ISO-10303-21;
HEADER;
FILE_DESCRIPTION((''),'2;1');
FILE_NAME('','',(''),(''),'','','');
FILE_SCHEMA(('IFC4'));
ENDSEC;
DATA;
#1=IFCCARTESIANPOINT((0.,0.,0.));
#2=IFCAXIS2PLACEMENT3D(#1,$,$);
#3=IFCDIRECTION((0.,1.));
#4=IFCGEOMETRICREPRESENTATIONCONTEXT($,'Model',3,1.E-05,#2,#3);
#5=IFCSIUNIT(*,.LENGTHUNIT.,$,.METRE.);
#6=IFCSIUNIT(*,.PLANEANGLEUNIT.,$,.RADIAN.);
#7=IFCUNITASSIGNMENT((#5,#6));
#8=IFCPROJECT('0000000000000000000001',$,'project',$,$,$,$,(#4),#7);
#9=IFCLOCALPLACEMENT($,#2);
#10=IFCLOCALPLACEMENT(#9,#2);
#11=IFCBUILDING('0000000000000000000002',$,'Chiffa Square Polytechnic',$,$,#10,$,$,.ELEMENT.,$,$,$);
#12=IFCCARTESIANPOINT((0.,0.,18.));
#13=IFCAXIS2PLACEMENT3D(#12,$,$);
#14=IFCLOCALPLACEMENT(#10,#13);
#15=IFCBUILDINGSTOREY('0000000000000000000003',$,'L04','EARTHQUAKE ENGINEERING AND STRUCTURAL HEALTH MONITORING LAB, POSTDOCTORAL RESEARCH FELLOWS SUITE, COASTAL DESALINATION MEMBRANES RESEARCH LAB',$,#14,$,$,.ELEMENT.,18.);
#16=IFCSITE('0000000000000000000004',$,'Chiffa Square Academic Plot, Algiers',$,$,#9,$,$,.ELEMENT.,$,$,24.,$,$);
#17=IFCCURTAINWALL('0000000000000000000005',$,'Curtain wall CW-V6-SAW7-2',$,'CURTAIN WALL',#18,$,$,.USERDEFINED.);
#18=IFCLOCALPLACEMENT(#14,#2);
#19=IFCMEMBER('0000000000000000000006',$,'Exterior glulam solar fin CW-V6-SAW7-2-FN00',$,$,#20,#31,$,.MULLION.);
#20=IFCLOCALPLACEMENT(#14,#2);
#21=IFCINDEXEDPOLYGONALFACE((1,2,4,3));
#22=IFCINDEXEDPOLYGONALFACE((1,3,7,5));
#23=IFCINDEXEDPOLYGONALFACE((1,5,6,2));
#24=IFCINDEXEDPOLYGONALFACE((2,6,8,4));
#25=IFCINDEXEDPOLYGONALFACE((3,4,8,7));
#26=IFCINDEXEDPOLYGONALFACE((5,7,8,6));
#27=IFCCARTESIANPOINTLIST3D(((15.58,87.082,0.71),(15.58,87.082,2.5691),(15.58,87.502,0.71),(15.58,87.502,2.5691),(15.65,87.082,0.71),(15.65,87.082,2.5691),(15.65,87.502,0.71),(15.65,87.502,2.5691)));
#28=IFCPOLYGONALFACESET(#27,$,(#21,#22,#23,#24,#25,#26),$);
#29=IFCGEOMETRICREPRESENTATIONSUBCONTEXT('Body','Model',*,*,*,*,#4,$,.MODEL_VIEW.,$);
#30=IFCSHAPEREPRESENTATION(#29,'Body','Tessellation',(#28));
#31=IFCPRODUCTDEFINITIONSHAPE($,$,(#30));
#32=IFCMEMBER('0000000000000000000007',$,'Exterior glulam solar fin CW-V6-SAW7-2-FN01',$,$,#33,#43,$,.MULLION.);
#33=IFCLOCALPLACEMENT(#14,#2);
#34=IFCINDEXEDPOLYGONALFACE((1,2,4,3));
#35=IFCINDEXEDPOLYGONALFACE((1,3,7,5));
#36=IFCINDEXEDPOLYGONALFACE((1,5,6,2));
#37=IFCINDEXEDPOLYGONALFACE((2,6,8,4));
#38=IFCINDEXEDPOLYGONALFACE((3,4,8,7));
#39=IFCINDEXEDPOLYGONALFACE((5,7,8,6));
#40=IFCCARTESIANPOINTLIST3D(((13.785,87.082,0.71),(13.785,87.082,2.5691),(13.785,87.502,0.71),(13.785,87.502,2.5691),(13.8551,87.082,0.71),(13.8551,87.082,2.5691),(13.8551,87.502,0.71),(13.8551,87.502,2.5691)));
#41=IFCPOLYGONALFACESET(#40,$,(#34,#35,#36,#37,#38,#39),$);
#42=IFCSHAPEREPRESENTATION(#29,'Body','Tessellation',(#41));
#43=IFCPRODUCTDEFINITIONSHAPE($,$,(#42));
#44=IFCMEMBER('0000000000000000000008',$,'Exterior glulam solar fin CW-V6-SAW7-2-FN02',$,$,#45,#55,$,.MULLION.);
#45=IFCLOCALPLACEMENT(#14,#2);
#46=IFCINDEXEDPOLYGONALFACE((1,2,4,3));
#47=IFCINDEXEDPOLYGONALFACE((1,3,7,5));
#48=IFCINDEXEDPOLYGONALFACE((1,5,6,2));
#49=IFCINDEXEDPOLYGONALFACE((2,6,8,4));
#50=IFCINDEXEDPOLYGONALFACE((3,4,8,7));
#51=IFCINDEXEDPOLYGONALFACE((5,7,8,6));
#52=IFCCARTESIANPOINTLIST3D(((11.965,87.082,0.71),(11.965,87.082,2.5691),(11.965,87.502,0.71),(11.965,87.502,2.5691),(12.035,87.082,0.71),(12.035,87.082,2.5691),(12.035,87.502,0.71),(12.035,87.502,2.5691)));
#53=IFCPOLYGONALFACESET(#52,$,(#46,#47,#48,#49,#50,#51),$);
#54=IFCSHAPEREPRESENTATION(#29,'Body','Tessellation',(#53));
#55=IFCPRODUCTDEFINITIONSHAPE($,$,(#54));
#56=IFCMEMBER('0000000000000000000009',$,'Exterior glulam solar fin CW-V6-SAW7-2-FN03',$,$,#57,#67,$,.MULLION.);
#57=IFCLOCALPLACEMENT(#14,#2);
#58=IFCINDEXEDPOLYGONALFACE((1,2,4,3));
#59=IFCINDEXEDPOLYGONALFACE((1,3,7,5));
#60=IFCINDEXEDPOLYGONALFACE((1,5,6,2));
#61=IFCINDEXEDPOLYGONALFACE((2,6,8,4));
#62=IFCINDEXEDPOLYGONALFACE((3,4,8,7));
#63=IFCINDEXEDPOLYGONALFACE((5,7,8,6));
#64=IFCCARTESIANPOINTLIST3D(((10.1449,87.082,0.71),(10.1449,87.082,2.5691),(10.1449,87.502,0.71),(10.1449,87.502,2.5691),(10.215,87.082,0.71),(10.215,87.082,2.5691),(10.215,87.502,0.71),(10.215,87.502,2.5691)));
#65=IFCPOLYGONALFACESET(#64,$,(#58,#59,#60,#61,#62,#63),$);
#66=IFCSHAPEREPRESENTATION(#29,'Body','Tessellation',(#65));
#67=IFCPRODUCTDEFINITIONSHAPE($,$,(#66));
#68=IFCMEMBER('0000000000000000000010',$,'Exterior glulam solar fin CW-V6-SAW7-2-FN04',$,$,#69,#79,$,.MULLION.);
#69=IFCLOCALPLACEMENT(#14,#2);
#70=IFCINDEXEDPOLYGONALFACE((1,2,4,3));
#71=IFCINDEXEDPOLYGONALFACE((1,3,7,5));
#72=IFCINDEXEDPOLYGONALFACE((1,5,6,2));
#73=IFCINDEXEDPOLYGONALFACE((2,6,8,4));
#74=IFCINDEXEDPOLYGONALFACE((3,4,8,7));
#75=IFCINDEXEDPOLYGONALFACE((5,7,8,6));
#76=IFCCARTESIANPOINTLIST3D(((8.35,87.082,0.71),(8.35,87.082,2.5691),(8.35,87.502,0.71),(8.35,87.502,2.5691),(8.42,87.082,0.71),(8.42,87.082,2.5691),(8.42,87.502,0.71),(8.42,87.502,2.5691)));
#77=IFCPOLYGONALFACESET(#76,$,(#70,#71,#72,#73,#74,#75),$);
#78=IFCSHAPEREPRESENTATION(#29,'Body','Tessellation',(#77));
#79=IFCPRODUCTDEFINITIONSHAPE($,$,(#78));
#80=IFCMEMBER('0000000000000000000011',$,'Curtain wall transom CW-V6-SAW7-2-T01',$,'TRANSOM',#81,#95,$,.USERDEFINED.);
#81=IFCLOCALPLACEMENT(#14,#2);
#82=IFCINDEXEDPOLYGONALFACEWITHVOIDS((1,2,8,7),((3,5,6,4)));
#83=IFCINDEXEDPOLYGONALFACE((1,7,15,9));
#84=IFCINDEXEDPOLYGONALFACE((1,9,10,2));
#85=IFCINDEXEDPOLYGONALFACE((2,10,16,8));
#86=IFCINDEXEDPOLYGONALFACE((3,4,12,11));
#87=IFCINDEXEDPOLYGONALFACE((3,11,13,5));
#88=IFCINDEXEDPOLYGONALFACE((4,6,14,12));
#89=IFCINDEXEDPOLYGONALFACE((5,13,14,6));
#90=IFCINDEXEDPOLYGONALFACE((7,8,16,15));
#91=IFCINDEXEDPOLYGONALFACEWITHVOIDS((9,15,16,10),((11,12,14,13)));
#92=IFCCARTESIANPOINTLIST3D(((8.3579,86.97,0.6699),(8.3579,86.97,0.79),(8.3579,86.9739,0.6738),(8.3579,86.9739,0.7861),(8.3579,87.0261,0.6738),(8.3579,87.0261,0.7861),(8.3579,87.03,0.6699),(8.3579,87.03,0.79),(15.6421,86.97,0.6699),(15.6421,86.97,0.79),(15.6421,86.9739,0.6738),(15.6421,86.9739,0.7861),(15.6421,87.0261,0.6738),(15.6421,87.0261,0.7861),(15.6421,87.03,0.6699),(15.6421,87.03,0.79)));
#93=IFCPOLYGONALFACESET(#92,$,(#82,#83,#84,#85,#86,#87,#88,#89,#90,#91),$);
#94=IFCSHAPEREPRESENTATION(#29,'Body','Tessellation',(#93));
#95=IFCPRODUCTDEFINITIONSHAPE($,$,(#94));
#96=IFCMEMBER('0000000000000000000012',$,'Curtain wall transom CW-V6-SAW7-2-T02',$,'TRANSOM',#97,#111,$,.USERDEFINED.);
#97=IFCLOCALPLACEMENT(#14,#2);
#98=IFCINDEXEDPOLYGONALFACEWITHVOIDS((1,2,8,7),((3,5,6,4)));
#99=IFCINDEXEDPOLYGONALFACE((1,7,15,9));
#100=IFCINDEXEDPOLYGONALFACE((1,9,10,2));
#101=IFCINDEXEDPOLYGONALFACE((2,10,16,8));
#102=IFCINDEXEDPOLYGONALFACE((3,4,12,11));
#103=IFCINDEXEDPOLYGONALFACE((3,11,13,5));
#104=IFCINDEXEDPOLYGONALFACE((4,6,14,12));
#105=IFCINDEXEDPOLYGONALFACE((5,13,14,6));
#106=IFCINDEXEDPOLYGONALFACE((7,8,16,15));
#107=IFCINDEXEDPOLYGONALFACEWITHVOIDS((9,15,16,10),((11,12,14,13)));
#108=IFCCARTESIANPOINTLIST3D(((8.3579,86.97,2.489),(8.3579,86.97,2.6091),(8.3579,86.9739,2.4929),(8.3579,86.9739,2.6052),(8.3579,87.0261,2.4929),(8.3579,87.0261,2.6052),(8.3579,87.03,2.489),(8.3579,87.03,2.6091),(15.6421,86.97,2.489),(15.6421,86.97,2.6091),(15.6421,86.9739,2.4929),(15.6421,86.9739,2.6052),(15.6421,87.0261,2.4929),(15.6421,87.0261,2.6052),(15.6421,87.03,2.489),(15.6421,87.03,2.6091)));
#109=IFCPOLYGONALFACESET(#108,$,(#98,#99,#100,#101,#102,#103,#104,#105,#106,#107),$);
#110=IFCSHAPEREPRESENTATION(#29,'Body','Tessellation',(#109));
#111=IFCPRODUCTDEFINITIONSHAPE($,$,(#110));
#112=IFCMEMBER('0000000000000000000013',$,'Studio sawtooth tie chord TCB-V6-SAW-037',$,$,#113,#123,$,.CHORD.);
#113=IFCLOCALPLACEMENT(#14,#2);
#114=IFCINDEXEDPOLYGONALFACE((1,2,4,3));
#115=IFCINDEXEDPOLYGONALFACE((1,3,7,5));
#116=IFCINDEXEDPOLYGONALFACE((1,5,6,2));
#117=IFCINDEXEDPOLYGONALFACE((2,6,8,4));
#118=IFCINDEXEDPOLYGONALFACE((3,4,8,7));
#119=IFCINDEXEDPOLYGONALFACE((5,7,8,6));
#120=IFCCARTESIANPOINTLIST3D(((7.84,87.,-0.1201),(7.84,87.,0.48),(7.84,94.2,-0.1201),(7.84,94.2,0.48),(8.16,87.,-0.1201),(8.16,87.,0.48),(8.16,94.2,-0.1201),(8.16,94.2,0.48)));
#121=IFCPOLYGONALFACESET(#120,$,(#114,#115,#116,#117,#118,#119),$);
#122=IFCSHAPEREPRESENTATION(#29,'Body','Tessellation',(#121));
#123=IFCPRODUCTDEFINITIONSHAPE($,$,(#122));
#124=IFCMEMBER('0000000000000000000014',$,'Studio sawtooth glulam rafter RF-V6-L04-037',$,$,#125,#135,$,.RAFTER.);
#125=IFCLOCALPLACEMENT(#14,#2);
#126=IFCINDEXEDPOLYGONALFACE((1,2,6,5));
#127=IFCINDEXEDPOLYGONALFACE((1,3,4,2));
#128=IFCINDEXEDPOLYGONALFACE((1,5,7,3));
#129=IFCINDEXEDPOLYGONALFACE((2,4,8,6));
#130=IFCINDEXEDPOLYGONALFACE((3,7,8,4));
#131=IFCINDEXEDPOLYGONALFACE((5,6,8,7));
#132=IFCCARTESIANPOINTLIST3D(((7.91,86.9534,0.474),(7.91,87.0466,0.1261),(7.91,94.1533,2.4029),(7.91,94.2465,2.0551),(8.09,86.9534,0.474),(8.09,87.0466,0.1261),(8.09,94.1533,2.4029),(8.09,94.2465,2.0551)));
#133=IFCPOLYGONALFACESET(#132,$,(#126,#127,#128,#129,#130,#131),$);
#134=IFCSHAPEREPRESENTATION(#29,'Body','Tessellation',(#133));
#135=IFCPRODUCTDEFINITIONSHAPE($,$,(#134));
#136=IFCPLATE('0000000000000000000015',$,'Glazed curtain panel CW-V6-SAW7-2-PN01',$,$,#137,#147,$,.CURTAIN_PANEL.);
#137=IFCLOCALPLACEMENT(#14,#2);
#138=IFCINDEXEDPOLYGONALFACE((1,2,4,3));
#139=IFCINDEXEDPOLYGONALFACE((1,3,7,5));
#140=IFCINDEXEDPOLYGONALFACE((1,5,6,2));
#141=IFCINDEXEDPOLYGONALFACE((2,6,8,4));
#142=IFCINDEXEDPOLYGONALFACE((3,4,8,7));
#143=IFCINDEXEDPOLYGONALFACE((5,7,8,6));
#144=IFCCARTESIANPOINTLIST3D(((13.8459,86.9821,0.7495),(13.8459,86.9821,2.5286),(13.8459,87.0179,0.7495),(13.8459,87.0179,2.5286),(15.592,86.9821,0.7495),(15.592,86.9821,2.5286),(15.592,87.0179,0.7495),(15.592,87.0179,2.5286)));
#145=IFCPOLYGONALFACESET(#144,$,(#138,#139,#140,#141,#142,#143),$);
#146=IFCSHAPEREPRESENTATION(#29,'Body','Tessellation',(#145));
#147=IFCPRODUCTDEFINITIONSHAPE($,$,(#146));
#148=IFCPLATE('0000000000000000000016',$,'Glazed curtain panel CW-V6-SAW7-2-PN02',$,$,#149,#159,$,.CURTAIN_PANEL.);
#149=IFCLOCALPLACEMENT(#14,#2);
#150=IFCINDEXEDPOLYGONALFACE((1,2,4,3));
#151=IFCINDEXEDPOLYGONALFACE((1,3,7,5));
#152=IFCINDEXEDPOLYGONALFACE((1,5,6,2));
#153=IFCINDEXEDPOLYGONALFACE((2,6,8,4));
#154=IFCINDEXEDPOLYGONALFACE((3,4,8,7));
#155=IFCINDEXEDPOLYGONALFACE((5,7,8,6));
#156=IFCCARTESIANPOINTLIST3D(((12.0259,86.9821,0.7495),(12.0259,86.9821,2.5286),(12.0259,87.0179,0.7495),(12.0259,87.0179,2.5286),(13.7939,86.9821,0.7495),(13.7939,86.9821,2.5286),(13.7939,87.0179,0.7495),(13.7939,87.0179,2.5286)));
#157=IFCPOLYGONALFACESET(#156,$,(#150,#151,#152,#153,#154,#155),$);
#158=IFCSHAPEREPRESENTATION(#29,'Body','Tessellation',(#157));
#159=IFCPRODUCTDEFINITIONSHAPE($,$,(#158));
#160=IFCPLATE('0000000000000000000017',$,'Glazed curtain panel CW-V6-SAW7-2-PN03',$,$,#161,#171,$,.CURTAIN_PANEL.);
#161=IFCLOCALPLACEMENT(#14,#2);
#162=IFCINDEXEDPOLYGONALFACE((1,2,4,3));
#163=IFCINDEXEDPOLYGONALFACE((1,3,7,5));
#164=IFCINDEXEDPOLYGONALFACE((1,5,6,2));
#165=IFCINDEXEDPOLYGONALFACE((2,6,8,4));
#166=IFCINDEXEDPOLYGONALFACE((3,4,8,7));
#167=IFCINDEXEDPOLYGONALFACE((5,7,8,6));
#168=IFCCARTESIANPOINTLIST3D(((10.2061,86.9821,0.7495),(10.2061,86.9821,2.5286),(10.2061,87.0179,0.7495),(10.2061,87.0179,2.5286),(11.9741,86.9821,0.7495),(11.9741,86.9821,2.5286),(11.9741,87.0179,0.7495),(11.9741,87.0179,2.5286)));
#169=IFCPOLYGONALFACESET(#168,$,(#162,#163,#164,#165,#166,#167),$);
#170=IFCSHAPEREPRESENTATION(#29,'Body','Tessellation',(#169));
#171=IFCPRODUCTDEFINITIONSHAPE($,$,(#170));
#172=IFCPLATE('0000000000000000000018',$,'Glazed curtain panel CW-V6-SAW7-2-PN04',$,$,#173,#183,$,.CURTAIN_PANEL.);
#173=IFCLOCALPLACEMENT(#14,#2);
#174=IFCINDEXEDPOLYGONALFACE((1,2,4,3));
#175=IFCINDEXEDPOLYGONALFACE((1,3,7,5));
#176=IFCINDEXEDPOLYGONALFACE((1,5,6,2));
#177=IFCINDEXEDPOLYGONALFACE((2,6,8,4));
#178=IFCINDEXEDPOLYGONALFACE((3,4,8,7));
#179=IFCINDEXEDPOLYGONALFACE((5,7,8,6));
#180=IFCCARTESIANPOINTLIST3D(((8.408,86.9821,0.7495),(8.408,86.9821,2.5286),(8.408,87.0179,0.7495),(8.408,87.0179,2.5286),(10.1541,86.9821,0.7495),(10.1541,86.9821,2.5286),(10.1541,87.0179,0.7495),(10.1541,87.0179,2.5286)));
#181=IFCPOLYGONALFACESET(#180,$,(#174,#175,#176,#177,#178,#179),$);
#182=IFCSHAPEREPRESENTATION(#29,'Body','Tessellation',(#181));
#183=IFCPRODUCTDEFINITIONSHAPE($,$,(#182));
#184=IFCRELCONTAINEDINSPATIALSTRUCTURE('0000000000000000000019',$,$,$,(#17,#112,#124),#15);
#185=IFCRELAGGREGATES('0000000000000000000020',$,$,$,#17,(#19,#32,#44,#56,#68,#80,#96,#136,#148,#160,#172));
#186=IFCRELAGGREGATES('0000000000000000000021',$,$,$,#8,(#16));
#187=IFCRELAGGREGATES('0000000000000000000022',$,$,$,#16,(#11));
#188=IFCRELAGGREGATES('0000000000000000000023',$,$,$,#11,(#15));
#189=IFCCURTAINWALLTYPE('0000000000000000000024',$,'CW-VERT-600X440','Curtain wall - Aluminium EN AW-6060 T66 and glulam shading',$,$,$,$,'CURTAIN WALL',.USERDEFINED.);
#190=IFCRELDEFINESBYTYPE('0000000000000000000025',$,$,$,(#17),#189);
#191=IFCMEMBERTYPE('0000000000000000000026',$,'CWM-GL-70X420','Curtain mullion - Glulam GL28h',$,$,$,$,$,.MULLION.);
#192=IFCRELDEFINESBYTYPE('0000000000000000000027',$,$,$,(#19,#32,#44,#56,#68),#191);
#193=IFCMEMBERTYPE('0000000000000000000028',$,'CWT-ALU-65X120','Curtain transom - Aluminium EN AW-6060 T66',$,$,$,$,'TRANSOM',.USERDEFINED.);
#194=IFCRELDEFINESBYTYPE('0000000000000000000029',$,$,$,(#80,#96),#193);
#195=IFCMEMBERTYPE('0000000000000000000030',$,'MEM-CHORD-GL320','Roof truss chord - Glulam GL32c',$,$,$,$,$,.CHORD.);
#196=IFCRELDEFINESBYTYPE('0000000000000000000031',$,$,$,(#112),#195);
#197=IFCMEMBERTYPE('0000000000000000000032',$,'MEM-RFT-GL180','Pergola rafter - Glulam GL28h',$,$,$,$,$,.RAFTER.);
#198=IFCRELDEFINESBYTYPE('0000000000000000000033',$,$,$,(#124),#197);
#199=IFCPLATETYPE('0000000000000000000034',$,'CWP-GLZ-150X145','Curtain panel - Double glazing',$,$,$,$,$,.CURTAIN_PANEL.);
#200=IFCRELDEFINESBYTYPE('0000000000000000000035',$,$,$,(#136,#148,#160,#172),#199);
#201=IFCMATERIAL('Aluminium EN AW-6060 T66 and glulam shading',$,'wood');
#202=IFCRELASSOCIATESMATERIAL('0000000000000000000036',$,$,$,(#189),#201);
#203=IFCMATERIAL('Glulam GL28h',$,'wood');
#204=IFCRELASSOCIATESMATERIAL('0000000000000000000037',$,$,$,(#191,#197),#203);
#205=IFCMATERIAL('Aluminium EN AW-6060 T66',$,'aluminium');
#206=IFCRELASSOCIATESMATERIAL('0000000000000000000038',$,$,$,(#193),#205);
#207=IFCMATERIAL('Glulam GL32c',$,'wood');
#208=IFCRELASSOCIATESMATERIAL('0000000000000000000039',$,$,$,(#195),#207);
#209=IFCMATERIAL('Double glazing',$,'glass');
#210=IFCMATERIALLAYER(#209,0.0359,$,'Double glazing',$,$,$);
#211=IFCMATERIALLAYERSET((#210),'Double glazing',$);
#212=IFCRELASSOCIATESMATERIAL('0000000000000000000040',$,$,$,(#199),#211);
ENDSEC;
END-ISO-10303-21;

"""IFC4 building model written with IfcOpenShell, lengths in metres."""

from ifc_helpers import new_model, si_unit, direction, frame, origin, origin_2d, place, context, subcontext, project, spatial, rectangle, hollow_rectangle, extrude, material, layer, layer_set, material_profile, profile_set, type_object, element, aggregate, save


model = new_model("IFC4")

# Units and contexts
model_context = context("Model", 3, precision=1e-05, world=origin(), true_north=direction((0.0, 1.0)))
body_context = subcontext(model_context, "Body", "Model", "MODEL_VIEW")
ifc_project = project(units=[si_unit("LENGTHUNIT", "METRE"), si_unit("PLANEANGLEUNIT", "RADIAN")], contexts=[model_context])

# Site, building, storey
site_placement = place(None, origin())
site = spatial("IfcSite", under=ifc_project, at=site_placement, Name="Chiffa Square Academic Plot, Algiers", CompositionType="ELEMENT", RefElevation=24.0)
building_placement = place(site_placement, origin())
building = spatial("IfcBuilding", under=site, at=building_placement, Name="Chiffa Square Polytechnic", CompositionType="ELEMENT")
storey_placement = place(building_placement, frame((0.0, 0.0, 18.0)))
storey = spatial("IfcBuildingStorey", under=building, at=storey_placement, Name="L04", Description="EARTHQUAKE ENGINEERING AND STRUCTURAL HEALTH MONITORING LAB, POSTDOCTORAL RESEARCH FELLOWS SUITE, COASTAL DESALINATION MEMBRANES RESEARCH LAB", CompositionType="ELEMENT", Elevation=18.0)

# Shared definitions
ifc_material_1 = material(Name="Glulam GL32c", Category="wood")

# Curtain wall
ifc_material_2 = material(Name="Aluminium EN AW-6060 T66 and glulam shading", Category="wood")
curtain_wall_type_1 = type_object("IfcCurtainWallType", Name="CW-VERT-600X440", Description="Curtain wall - Aluminium EN AW-6060 T66 and glulam shading", ElementType="CURTAIN WALL", PredefinedType="USERDEFINED", material=ifc_material_2)
curtain_wall_1_placement = place(storey_placement, origin())
curtain_wall_1 = element("IfcCurtainWall", 1, at=curtain_wall_1_placement, inside=storey, type_object=curtain_wall_type_1, Name="Curtain wall CW-V6-SAW7-2", ObjectType="CURTAIN WALL", PredefinedType="USERDEFINED")
ifc_material_3 = material(Name="Aluminium EN AW-6060 T66", Category="aluminium")

# Members
ifc_material_4 = material(Name="Glulam GL28h", Category="wood")
ifc_material_profile_1 = material_profile(ifc_material_4, rectangle(XDim=0.0701, YDim=0.4199, at=origin_2d()), Name="GL28h 70x420")
ifc_profile_set_1 = profile_set([ifc_material_profile_1], Name="Glulam GL28h")
member_type_1 = type_object("IfcMemberType", Name="CWM-GL-70X420", Description="Curtain mullion - Glulam GL28h", PredefinedType="MULLION", material=ifc_profile_set_1)
member_1_placement = place(storey_placement, frame((15.615, 87.292, 0.71), z_axis=(0.0, 0.0, 1.0), x_axis=(-1.0, 0.0, 0.0)))
member_1 = element("IfcMember", 2, at=member_1_placement, type_object=member_type_1, Name="Exterior glulam solar fin CW-V6-SAW7-2-FN00", PredefinedType="MULLION", context=body_context, shape_type="SweptSolid", body=[
    extrude(rectangle(XDim=0.0701, YDim=0.4199, at=origin_2d()), origin(), (0.0, 0.0, 1.0), 1.8591),
])
member_2_placement = place(storey_placement, frame((13.8201, 87.292, 0.71), z_axis=(0.0, 0.0, 1.0), x_axis=(-1.0, 0.0, 0.0)))
member_2 = element("IfcMember", 3, at=member_2_placement, type_object=member_type_1, Name="Exterior glulam solar fin CW-V6-SAW7-2-FN01", PredefinedType="MULLION", context=body_context, shape_type="SweptSolid", body=[
    extrude(rectangle(XDim=0.0701, YDim=0.4199, at=origin_2d()), origin(), (0.0, 0.0, 1.0), 1.8591),
])
member_3_placement = place(storey_placement, frame((12.0, 87.292, 0.71), z_axis=(0.0, 0.0, 1.0), x_axis=(-1.0, 0.0, 0.0)))
member_3 = element("IfcMember", 4, at=member_3_placement, type_object=member_type_1, Name="Exterior glulam solar fin CW-V6-SAW7-2-FN02", PredefinedType="MULLION", context=body_context, shape_type="SweptSolid", body=[
    extrude(rectangle(XDim=0.0701, YDim=0.4199, at=origin_2d()), origin(), (0.0, 0.0, 1.0), 1.8591),
])
member_4_placement = place(storey_placement, frame((10.1799, 87.292, 0.71), z_axis=(0.0, 0.0, 1.0), x_axis=(-1.0, 0.0, 0.0)))
member_4 = element("IfcMember", 5, at=member_4_placement, type_object=member_type_1, Name="Exterior glulam solar fin CW-V6-SAW7-2-FN03", PredefinedType="MULLION", context=body_context, shape_type="SweptSolid", body=[
    extrude(rectangle(XDim=0.0701, YDim=0.4199, at=origin_2d()), origin(), (0.0, 0.0, 1.0), 1.8591),
])
member_5_placement = place(storey_placement, frame((8.385, 87.292, 0.71), z_axis=(0.0, 0.0, 1.0), x_axis=(-1.0, 0.0, 0.0)))
member_5 = element("IfcMember", 6, at=member_5_placement, type_object=member_type_1, Name="Exterior glulam solar fin CW-V6-SAW7-2-FN04", PredefinedType="MULLION", context=body_context, shape_type="SweptSolid", body=[
    extrude(rectangle(XDim=0.0701, YDim=0.4199, at=origin_2d()), origin(), (0.0, 0.0, 1.0), 1.8591),
])
ifc_material_profile_2 = material_profile(ifc_material_3, hollow_rectangle(XDim=0.0601, YDim=0.1201, WallThickness=0.0039, at=origin_2d()), Name="ALU 60x120x4")
ifc_profile_set_2 = profile_set([ifc_material_profile_2], Name="Aluminium EN AW-6060 T66")
member_type_2 = type_object("IfcMemberType", Name="CWT-ALU-65X120", Description="Curtain transom - Aluminium EN AW-6060 T66", ElementType="TRANSOM", PredefinedType="USERDEFINED", material=ifc_profile_set_2)
member_6_placement = place(storey_placement, frame((15.6421, 87.0, 0.73), z_axis=(-1.0, 0.0, 0.0), x_axis=(0.0, -1.0, 0.0)))
member_6 = element("IfcMember", 7, at=member_6_placement, type_object=member_type_2, Name="Curtain wall transom CW-V6-SAW7-2-T01", ObjectType="TRANSOM", PredefinedType="USERDEFINED", context=body_context, shape_type="SweptSolid", body=[
    extrude(hollow_rectangle(XDim=0.0601, YDim=0.1201, WallThickness=0.0039, at=origin_2d()), origin(), (0.0, 0.0, 1.0), 7.2842),
])
member_7_placement = place(storey_placement, frame((15.6421, 87.0, 2.5491), z_axis=(-1.0, 0.0, 0.0), x_axis=(0.0, -1.0, 0.0)))
member_7 = element("IfcMember", 8, at=member_7_placement, type_object=member_type_2, Name="Curtain wall transom CW-V6-SAW7-2-T02", ObjectType="TRANSOM", PredefinedType="USERDEFINED", context=body_context, shape_type="SweptSolid", body=[
    extrude(hollow_rectangle(XDim=0.0601, YDim=0.1201, WallThickness=0.0039, at=origin_2d()), origin(), (0.0, 0.0, 1.0), 7.2842),
])

# Members
ifc_material_profile_3 = material_profile(ifc_material_1, rectangle(XDim=0.3201, YDim=0.6001, at=origin_2d()), Name="GL32c 320x600")
ifc_profile_set_3 = profile_set([ifc_material_profile_3], Name="Glulam GL32c")
member_type_3 = type_object("IfcMemberType", Name="MEM-CHORD-GL320", Description="Roof truss chord - Glulam GL32c", PredefinedType="CHORD", material=ifc_profile_set_3)
member_8_placement = place(storey_placement, frame((8.0, 87.0, 0.1799), z_axis=(0.0, 1.0, 0.0), x_axis=(-1.0, 0.0, 0.0)))
element("IfcMember", 9, at=member_8_placement, inside=storey, type_object=member_type_3, Name="Studio sawtooth tie chord TCB-V6-SAW-037", PredefinedType="CHORD", context=body_context, shape_type="SweptSolid", body=[
    extrude(rectangle(XDim=0.3201, YDim=0.6001, at=origin_2d()), origin(), (0.0, 0.0, 1.0), 7.2),
])
ifc_material_profile_4 = material_profile(ifc_material_4, rectangle(XDim=0.1799, YDim=0.3601, at=origin_2d()), Name="GL28h 180x360")
ifc_profile_set_4 = profile_set([ifc_material_profile_4], Name="Glulam GL28h")
member_type_4 = type_object("IfcMemberType", Name="MEM-RFT-GL180", Description="Pergola rafter - Glulam GL28h", PredefinedType="RAFTER", material=ifc_profile_set_4)
member_9_placement = place(storey_placement, frame((8.0, 87.0, 0.3), z_axis=(0.0, 0.965935, 0.258786), x_axis=(-1.0, 0.0, 0.0)))
element("IfcMember", 10, at=member_9_placement, inside=storey, type_object=member_type_4, Name="Studio sawtooth glulam rafter RF-V6-L04-037", PredefinedType="RAFTER", context=body_context, shape_type="SweptSolid", body=[
    extrude(rectangle(XDim=0.1799, YDim=0.3601, at=origin_2d()), origin(), (0.0, 0.0, 1.0), 7.4539),
])

# Plates
ifc_material_5 = material(Name="Double glazing", Category="glass")
ifc_layer_1 = layer(ifc_material_5, 0.0359, Name="Double glazing")
ifc_layer_set_1 = layer_set([ifc_layer_1], Name="Double glazing")
plate_type = type_object("IfcPlateType", Name="CWP-GLZ-150X145", Description="Curtain panel - Double glazing", PredefinedType="CURTAIN_PANEL", material=ifc_layer_set_1)
plate_1_placement = place(storey_placement, frame((14.719, 87.0, 0.7495), z_axis=(0.0, 0.0, 1.0), x_axis=(-1.0, 0.0, 0.0)))
plate_1 = element("IfcPlate", 11, at=plate_1_placement, type_object=plate_type, Name="Glazed curtain panel CW-V6-SAW7-2-PN01", PredefinedType="CURTAIN_PANEL", context=body_context, shape_type="SweptSolid", body=[
    extrude(rectangle(XDim=1.7461, YDim=0.0359, at=origin_2d()), origin(), (0.0, 0.0, 1.0), 1.7791),
])
plate_2_placement = place(storey_placement, frame((12.9099, 87.0, 0.7495), z_axis=(0.0, 0.0, 1.0), x_axis=(-1.0, 0.0, 0.0)))
plate_2 = element("IfcPlate", 12, at=plate_2_placement, type_object=plate_type, Name="Glazed curtain panel CW-V6-SAW7-2-PN02", PredefinedType="CURTAIN_PANEL", context=body_context, shape_type="SweptSolid", body=[
    extrude(rectangle(XDim=1.7681, YDim=0.0359, at=origin_2d()), origin(), (0.0, 0.0, 1.0), 1.7791),
])
plate_3_placement = place(storey_placement, frame((11.0901, 87.0, 0.7495), z_axis=(0.0, 0.0, 1.0), x_axis=(-1.0, 0.0, 0.0)))
plate_3 = element("IfcPlate", 13, at=plate_3_placement, type_object=plate_type, Name="Glazed curtain panel CW-V6-SAW7-2-PN03", PredefinedType="CURTAIN_PANEL", context=body_context, shape_type="SweptSolid", body=[
    extrude(rectangle(XDim=1.7681, YDim=0.0359, at=origin_2d()), origin(), (0.0, 0.0, 1.0), 1.7791),
])
plate_4_placement = place(storey_placement, frame((9.281, 87.0, 0.7495), z_axis=(0.0, 0.0, 1.0), x_axis=(-1.0, 0.0, 0.0)))
plate_4 = element("IfcPlate", 14, at=plate_4_placement, type_object=plate_type, Name="Glazed curtain panel CW-V6-SAW7-2-PN04", PredefinedType="CURTAIN_PANEL", context=body_context, shape_type="SweptSolid", body=[
    extrude(rectangle(XDim=1.7461, YDim=0.0359, at=origin_2d()), origin(), (0.0, 0.0, 1.0), 1.7791),
])
aggregate(curtain_wall_1, [member_1, member_2, member_3, member_4, member_5, member_6, member_7, plate_1, plate_2, plate_3, plate_4])

save(model, "model.ifc")
